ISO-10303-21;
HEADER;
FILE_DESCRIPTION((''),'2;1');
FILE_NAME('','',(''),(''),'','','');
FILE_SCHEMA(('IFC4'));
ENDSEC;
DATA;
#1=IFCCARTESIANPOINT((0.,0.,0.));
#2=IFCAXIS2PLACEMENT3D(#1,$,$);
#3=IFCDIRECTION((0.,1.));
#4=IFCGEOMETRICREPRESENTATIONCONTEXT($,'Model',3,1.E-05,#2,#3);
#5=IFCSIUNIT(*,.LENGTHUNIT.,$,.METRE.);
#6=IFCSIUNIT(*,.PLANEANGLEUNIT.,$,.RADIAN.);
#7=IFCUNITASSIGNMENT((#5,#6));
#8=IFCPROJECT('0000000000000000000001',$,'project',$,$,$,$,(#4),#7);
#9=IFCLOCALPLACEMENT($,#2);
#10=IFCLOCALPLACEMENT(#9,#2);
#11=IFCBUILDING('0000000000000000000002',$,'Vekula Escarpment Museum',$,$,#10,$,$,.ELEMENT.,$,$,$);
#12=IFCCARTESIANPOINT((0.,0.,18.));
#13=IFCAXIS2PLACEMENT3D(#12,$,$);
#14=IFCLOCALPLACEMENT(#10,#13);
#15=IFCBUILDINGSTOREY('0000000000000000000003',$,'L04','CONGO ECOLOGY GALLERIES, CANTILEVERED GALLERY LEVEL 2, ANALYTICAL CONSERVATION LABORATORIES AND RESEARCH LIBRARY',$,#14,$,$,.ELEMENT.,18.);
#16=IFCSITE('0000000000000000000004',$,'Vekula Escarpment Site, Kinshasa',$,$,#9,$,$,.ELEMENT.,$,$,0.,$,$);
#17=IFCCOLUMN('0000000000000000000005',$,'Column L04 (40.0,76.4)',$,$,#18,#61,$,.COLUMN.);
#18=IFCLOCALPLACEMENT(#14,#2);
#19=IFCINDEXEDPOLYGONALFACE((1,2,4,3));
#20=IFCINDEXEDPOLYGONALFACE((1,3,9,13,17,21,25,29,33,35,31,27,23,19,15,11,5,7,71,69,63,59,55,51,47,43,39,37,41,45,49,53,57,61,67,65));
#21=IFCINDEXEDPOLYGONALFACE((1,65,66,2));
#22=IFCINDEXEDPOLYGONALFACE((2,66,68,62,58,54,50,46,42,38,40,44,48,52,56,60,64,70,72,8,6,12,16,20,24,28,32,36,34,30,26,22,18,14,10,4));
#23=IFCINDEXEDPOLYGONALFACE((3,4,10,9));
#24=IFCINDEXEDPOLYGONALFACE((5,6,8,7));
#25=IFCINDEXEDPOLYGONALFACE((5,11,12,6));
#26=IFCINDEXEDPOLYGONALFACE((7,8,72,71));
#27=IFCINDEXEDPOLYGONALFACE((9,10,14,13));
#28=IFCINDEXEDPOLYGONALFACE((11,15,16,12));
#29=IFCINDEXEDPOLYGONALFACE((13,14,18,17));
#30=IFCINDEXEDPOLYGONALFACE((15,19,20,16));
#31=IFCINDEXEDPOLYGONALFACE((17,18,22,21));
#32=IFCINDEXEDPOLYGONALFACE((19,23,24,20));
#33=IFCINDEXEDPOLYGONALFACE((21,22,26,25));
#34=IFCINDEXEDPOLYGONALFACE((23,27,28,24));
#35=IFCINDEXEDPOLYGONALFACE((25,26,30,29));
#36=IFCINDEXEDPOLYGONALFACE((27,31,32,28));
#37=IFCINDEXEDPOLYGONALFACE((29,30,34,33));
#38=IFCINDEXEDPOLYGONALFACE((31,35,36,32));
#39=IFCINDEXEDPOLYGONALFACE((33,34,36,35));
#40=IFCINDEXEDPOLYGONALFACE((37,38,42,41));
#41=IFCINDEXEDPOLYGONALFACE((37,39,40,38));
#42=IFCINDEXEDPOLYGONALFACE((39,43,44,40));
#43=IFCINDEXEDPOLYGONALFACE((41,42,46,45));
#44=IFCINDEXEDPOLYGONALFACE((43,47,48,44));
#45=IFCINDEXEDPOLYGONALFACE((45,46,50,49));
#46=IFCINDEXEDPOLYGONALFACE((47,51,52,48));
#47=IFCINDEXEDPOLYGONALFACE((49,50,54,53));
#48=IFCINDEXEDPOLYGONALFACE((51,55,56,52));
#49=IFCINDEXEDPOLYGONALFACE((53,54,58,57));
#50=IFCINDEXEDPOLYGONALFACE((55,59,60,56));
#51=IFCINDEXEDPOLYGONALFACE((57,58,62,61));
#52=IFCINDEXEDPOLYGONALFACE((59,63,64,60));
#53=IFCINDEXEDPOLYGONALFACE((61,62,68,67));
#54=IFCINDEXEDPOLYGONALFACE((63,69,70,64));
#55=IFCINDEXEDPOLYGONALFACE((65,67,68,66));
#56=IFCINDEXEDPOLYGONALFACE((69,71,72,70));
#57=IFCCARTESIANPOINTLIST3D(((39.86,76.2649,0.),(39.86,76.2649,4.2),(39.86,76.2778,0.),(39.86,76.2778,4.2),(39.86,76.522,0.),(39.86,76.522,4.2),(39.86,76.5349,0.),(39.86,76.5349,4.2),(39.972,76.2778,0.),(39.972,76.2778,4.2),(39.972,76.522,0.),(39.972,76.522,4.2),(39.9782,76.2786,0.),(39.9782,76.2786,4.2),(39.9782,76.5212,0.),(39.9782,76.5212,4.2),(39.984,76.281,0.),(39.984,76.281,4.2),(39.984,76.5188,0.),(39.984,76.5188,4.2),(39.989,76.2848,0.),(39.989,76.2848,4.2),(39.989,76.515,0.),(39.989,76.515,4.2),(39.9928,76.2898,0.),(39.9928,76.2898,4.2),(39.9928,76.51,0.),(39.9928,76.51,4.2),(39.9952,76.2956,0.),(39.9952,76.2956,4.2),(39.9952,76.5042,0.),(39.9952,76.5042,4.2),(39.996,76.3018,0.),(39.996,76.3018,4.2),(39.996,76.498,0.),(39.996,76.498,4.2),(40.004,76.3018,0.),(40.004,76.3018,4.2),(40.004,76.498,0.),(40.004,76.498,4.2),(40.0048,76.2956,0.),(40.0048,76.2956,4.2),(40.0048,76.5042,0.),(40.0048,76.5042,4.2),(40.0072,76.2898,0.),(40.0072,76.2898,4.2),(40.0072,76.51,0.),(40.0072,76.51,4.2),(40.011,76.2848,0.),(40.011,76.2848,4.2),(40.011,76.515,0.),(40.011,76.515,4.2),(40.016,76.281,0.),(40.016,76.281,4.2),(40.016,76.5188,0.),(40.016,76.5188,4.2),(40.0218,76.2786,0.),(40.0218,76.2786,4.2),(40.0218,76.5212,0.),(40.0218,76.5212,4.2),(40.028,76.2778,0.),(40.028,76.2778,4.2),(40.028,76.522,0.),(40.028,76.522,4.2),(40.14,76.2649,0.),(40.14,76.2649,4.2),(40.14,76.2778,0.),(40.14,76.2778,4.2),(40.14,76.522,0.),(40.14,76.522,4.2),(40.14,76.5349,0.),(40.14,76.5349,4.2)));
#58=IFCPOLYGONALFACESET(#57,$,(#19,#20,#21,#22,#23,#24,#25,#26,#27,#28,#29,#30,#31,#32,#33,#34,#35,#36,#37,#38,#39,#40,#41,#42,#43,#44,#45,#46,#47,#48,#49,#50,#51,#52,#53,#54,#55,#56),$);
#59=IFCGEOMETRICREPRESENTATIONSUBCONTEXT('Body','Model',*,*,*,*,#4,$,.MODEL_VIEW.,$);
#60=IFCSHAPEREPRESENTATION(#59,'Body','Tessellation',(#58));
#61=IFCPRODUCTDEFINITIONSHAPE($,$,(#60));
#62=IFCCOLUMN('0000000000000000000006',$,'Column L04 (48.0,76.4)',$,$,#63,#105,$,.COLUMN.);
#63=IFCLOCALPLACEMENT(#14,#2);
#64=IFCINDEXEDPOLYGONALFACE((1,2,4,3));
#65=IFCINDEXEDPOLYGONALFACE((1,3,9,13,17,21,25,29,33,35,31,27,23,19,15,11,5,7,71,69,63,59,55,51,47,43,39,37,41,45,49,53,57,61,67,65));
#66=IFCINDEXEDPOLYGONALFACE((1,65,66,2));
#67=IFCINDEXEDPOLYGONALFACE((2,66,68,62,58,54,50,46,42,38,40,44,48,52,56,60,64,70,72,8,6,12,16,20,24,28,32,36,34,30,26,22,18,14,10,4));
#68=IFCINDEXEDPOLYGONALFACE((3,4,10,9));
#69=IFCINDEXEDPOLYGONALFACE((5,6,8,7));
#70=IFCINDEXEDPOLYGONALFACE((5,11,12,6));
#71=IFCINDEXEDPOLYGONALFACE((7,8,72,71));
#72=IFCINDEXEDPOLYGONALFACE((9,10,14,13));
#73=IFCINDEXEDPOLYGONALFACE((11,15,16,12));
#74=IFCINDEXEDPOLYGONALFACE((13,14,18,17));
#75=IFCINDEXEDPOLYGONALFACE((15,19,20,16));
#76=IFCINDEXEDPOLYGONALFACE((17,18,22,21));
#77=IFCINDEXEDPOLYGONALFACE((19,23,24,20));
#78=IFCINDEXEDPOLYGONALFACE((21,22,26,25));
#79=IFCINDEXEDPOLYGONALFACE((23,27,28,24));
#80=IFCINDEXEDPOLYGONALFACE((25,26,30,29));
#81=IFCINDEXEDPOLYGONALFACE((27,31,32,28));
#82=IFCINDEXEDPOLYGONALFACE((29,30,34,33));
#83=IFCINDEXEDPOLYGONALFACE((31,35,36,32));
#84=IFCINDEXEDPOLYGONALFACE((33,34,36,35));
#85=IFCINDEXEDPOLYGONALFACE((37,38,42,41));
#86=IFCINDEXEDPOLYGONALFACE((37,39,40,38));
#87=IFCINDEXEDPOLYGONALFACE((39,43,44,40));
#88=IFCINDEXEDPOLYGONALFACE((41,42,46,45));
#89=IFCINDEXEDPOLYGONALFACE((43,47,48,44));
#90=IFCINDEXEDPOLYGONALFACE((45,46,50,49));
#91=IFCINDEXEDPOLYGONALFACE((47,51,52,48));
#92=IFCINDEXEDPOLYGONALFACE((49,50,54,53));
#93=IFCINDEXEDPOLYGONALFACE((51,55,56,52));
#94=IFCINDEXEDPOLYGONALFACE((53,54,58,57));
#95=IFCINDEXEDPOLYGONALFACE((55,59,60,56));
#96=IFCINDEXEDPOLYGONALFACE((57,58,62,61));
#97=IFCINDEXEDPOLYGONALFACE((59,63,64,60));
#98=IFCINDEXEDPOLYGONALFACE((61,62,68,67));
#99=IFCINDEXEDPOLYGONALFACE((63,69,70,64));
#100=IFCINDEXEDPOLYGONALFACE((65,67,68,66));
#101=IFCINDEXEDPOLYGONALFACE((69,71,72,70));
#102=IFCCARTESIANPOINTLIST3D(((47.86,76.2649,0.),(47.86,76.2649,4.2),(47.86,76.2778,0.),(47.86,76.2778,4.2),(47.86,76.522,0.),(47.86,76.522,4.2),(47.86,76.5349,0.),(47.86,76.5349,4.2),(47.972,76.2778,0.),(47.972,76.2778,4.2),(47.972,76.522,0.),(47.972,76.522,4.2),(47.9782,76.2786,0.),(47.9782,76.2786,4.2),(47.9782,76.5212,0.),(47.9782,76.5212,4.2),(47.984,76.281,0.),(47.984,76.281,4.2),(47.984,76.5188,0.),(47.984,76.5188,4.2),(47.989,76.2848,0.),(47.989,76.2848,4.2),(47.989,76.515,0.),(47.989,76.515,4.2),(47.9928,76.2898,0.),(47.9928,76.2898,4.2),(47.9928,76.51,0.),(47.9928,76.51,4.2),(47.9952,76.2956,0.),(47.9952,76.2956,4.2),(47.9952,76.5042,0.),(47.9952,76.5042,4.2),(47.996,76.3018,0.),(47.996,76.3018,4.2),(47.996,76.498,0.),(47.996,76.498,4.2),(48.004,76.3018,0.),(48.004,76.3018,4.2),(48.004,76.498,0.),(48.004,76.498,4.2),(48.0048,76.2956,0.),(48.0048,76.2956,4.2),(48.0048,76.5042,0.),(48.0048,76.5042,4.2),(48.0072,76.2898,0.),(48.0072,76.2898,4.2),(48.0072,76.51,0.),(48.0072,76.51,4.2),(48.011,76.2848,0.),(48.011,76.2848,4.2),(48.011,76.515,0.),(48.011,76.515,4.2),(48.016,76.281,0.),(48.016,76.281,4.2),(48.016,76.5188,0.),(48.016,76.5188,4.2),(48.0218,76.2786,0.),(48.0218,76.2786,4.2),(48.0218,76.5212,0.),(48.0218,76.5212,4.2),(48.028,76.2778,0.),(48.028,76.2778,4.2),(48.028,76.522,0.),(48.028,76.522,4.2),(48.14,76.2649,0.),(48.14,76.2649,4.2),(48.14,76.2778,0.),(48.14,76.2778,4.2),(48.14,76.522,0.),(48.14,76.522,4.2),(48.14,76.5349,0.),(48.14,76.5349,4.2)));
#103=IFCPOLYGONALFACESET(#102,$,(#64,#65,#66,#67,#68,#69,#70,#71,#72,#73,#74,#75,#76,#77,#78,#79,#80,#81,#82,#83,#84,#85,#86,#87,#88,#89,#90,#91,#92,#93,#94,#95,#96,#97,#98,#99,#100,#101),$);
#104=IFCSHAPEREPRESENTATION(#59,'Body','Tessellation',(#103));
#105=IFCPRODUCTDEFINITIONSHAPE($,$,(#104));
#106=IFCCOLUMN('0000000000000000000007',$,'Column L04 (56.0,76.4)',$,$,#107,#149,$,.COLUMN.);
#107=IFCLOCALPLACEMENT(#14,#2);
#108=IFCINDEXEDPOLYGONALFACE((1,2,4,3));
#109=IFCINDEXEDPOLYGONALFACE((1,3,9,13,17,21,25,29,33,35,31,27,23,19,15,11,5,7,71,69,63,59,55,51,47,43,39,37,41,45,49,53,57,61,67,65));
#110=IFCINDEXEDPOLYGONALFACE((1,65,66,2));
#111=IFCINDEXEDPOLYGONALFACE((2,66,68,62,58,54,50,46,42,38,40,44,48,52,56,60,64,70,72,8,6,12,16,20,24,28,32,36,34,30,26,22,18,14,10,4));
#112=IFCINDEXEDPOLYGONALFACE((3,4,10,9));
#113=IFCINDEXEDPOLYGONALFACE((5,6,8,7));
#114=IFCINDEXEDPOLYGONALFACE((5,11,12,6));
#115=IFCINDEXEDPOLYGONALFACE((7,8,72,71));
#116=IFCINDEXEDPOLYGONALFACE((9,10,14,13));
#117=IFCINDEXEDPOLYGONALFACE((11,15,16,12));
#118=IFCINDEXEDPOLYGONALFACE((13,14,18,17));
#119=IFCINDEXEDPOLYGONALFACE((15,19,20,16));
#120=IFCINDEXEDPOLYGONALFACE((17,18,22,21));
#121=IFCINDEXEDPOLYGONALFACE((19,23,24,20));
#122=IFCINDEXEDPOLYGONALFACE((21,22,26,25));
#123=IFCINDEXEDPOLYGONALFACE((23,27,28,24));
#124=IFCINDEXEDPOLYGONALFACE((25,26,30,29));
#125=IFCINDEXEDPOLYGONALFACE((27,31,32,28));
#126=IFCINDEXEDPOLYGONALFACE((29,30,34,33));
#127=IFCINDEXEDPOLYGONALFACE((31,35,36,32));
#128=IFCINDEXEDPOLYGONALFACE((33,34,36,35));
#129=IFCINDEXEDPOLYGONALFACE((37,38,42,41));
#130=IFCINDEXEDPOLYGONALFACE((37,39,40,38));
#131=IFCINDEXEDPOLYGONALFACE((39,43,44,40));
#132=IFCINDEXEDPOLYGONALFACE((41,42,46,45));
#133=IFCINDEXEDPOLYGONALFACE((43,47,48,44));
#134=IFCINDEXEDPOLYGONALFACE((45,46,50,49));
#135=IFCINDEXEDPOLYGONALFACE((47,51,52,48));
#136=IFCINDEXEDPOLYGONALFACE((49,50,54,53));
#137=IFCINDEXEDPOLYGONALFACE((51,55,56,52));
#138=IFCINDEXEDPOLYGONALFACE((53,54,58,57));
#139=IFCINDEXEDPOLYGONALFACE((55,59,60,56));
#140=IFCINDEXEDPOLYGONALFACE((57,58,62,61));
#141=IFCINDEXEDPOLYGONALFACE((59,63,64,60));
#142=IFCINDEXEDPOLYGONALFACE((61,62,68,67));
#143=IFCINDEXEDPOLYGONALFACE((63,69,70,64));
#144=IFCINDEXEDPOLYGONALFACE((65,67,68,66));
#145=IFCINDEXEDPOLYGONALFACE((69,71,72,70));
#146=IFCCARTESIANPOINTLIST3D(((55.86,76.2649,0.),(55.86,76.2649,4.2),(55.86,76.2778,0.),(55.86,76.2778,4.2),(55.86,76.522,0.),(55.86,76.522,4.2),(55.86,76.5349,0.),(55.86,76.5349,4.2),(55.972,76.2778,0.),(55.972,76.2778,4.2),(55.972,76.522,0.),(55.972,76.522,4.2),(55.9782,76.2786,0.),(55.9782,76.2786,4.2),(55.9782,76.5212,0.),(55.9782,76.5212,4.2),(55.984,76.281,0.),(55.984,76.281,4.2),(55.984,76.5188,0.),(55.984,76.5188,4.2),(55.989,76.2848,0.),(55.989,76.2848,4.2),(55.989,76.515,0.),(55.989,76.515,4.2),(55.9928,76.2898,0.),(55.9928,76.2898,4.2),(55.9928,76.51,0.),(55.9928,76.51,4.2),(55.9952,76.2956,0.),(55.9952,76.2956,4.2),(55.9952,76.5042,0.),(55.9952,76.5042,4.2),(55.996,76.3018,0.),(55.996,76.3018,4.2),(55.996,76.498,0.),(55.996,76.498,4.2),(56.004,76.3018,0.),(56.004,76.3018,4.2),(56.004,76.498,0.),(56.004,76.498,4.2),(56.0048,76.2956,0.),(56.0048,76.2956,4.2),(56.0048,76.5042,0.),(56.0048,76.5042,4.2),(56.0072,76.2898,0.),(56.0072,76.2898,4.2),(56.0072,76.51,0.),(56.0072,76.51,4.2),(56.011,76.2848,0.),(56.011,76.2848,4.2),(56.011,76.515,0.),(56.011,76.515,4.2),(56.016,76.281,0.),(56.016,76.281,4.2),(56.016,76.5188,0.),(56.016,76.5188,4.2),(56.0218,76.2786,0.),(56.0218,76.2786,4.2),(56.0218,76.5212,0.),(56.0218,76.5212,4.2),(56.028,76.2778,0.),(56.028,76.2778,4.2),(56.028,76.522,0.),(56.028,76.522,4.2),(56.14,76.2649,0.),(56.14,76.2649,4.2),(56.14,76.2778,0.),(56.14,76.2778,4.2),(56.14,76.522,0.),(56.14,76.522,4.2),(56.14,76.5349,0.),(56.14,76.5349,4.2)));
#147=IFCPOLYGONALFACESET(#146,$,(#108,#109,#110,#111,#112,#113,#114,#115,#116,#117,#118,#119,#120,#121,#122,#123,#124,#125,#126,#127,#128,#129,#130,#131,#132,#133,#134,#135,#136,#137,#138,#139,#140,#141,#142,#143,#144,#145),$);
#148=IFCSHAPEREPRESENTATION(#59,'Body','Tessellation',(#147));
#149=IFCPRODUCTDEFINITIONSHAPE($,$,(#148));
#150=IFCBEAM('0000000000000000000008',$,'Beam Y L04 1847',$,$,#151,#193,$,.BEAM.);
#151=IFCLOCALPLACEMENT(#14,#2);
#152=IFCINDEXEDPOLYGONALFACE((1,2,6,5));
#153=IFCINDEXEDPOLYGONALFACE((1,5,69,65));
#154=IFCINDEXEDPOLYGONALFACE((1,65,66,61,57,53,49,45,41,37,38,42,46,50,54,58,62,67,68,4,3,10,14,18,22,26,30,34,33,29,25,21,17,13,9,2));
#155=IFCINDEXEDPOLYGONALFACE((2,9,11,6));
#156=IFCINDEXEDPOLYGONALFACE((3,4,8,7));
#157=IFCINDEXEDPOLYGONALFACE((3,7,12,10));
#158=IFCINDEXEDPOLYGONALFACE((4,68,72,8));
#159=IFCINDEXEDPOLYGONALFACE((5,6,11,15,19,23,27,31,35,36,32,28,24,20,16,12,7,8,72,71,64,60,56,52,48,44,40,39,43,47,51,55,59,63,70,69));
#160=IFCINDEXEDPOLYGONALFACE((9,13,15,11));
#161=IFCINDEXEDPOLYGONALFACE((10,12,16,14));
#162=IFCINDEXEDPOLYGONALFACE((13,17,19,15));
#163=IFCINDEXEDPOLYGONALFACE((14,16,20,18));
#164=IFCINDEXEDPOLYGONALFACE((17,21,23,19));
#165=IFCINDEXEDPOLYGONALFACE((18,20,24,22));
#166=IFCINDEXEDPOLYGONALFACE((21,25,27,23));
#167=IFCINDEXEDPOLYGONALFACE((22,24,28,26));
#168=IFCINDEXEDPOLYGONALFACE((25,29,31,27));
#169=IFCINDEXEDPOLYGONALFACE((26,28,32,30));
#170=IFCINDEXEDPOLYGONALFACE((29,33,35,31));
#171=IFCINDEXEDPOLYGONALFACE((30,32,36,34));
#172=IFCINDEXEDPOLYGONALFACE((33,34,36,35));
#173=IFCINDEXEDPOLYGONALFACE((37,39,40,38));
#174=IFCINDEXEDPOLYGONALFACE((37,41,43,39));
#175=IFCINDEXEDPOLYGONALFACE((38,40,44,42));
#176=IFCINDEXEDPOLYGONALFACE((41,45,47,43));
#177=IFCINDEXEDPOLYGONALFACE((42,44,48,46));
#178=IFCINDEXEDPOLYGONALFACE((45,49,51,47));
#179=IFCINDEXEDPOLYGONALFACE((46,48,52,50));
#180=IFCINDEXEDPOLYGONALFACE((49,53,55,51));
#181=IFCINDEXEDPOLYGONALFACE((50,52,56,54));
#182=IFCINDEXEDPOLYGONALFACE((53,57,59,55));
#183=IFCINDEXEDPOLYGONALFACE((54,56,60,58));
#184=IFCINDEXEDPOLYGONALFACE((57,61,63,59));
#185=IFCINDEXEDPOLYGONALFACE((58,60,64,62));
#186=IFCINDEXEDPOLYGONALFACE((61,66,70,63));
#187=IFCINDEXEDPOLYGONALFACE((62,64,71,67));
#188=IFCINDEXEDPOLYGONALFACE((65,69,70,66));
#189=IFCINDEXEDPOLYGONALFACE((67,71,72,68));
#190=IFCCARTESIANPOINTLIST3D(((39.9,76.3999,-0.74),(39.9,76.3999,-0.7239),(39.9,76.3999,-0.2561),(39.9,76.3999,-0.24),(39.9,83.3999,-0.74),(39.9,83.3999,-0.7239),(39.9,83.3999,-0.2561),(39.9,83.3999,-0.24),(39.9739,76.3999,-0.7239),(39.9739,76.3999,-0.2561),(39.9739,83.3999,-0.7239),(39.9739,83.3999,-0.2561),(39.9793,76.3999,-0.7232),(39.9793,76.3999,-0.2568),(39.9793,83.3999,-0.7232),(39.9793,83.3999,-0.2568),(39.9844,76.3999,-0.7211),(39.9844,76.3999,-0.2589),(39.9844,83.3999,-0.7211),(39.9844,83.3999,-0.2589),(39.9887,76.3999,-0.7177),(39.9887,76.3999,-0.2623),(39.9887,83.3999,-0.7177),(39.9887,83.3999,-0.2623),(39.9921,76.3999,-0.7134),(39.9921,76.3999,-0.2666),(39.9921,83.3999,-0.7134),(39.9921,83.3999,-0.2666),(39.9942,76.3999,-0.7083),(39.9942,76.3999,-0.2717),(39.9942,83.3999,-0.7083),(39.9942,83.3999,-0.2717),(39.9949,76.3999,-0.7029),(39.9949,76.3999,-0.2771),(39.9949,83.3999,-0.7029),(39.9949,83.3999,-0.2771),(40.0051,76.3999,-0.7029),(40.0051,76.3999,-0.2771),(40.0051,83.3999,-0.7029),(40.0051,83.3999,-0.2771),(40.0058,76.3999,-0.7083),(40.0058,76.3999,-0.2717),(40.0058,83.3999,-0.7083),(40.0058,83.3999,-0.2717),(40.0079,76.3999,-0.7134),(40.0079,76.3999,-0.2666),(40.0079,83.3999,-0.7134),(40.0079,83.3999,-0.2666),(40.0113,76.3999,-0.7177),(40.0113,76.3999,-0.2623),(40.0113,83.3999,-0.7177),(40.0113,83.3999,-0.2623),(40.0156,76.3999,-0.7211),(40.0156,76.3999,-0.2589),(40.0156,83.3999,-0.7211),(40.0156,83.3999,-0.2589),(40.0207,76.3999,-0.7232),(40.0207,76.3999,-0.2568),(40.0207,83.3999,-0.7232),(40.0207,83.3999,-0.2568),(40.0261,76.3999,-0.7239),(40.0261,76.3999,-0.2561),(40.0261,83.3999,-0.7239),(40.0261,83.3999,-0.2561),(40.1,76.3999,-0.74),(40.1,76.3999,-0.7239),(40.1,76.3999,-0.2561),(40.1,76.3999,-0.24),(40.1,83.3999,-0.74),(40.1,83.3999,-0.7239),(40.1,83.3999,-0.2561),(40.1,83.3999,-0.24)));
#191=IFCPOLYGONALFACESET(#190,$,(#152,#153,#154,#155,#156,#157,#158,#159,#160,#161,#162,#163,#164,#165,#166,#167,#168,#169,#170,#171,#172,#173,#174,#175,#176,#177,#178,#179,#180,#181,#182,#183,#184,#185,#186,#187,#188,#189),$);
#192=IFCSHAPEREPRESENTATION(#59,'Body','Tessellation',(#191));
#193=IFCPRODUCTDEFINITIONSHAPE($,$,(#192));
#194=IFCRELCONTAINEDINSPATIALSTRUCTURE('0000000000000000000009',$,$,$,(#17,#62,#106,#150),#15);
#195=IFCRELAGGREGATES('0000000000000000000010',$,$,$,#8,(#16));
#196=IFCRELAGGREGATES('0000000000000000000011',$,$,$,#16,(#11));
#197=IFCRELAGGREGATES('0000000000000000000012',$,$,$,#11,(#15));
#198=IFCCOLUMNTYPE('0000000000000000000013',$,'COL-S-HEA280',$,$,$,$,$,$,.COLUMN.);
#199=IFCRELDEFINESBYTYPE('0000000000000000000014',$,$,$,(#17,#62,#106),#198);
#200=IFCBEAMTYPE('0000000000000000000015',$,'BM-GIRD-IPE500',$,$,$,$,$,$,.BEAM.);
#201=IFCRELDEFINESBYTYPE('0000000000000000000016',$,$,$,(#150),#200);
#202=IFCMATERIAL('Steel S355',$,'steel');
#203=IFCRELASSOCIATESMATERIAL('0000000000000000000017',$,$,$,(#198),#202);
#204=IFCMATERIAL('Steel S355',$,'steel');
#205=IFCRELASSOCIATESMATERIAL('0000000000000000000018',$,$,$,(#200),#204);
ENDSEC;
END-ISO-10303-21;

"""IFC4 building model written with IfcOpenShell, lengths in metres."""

from ifc_helpers import new_model, si_unit, direction, frame, origin, origin_2d, place, context, subcontext, project, spatial, i_section, extrude, material, material_profile, profile_set, type_object, element, save


model = new_model("IFC4")

# Units and contexts
model_context = context("Model", 3, precision=1e-05, world=origin(), true_north=direction((0.0, 1.0)))
body_context = subcontext(model_context, "Body", "Model", "MODEL_VIEW")
ifc_project = project(units=[si_unit("LENGTHUNIT", "METRE"), si_unit("PLANEANGLEUNIT", "RADIAN")], contexts=[model_context])

# Site, building, storey
site_placement = place(None, origin())
site = spatial("IfcSite", under=ifc_project, at=site_placement, Name="Vekula Escarpment Site, Kinshasa", CompositionType="ELEMENT", RefElevation=0.0)
building_placement = place(site_placement, origin())
building = spatial("IfcBuilding", under=site, at=building_placement, Name="Vekula Escarpment Museum", CompositionType="ELEMENT")
storey_placement = place(building_placement, frame((0.0, 0.0, 18.0)))
storey = spatial("IfcBuildingStorey", under=building, at=storey_placement, Name="L04", Description="CONGO ECOLOGY GALLERIES, CANTILEVERED GALLERY LEVEL 2, ANALYTICAL CONSERVATION LABORATORIES AND RESEARCH LIBRARY", CompositionType="ELEMENT", Elevation=18.0)

# Columns
ifc_material_1 = material(Name="Steel S355", Category="steel")
ifc_material_profile_1 = material_profile(ifc_material_1, i_section(OverallWidth=0.28, OverallDepth=0.27, WebThickness=0.0081, FlangeThickness=0.0129, FilletRadius=0.0239, at=origin_2d()), Name="HEA 280")
ifc_profile_set_1 = profile_set([ifc_material_profile_1], Name="Steel S355")
column_type = type_object("IfcColumnType", Name="COL-S-HEA280", PredefinedType="COLUMN", material=ifc_profile_set_1)
for number, where, z_axis, x_axis, name in (
    (1, (40.0, 76.3999, 0.0), (0.0, 0.0, 1.0), (1.0, 0.0, 0.0), "Column L04 (40.0,76.4)"),
    (2, (48.0, 76.3999, 0.0), (0.0, 0.0, 1.0), (1.0, 0.0, 0.0), "Column L04 (48.0,76.4)"),
    (3, (56.0, 76.3999, 0.0), (0.0, 0.0, 1.0), (1.0, 0.0, 0.0), "Column L04 (56.0,76.4)"),
):
    element("IfcColumn", number, at=place(storey_placement, frame(where, z_axis=z_axis, x_axis=x_axis)), inside=storey, type_object=column_type, Name=name, PredefinedType="COLUMN", context=body_context, shape_type="SweptSolid", body=[
        extrude(i_section(OverallWidth=0.28, OverallDepth=0.27, WebThickness=0.0081, FlangeThickness=0.0129, FilletRadius=0.0239, at=origin_2d()), origin(), (0.0, 0.0, 1.0), 4.2),
    ])

# Beam
ifc_material_2 = material(Name="Steel S355", Category="steel")
ifc_material_profile_2 = material_profile(ifc_material_2, i_section(OverallWidth=0.2, OverallDepth=0.5, WebThickness=0.0103, FlangeThickness=0.0161, FilletRadius=0.021, at=origin_2d()), Name="IPE 500")
ifc_profile_set_2 = profile_set([ifc_material_profile_2], Name="Steel S355")
beam_type_1 = type_object("IfcBeamType", Name="BM-GIRD-IPE500", PredefinedType="BEAM", material=ifc_profile_set_2)
for number, where, z_axis, x_axis, name in (
    (4, (40.0, 76.3999, -0.49), (0.0, 1.0, 0.0), (-1.0, 0.0, 0.0), "Beam Y L04 1847"),
):
    element("IfcBeam", number, at=place(storey_placement, frame(where, z_axis=z_axis, x_axis=x_axis)), inside=storey, type_object=beam_type_1, Name=name, PredefinedType="BEAM", context=body_context, shape_type="SweptSolid", body=[
        extrude(i_section(OverallWidth=0.2, OverallDepth=0.5, WebThickness=0.0103, FlangeThickness=0.0161, FilletRadius=0.021, at=origin_2d()), origin(), (0.0, 0.0, 1.0), 7.0),
    ])

save(model, "model.ifc")
